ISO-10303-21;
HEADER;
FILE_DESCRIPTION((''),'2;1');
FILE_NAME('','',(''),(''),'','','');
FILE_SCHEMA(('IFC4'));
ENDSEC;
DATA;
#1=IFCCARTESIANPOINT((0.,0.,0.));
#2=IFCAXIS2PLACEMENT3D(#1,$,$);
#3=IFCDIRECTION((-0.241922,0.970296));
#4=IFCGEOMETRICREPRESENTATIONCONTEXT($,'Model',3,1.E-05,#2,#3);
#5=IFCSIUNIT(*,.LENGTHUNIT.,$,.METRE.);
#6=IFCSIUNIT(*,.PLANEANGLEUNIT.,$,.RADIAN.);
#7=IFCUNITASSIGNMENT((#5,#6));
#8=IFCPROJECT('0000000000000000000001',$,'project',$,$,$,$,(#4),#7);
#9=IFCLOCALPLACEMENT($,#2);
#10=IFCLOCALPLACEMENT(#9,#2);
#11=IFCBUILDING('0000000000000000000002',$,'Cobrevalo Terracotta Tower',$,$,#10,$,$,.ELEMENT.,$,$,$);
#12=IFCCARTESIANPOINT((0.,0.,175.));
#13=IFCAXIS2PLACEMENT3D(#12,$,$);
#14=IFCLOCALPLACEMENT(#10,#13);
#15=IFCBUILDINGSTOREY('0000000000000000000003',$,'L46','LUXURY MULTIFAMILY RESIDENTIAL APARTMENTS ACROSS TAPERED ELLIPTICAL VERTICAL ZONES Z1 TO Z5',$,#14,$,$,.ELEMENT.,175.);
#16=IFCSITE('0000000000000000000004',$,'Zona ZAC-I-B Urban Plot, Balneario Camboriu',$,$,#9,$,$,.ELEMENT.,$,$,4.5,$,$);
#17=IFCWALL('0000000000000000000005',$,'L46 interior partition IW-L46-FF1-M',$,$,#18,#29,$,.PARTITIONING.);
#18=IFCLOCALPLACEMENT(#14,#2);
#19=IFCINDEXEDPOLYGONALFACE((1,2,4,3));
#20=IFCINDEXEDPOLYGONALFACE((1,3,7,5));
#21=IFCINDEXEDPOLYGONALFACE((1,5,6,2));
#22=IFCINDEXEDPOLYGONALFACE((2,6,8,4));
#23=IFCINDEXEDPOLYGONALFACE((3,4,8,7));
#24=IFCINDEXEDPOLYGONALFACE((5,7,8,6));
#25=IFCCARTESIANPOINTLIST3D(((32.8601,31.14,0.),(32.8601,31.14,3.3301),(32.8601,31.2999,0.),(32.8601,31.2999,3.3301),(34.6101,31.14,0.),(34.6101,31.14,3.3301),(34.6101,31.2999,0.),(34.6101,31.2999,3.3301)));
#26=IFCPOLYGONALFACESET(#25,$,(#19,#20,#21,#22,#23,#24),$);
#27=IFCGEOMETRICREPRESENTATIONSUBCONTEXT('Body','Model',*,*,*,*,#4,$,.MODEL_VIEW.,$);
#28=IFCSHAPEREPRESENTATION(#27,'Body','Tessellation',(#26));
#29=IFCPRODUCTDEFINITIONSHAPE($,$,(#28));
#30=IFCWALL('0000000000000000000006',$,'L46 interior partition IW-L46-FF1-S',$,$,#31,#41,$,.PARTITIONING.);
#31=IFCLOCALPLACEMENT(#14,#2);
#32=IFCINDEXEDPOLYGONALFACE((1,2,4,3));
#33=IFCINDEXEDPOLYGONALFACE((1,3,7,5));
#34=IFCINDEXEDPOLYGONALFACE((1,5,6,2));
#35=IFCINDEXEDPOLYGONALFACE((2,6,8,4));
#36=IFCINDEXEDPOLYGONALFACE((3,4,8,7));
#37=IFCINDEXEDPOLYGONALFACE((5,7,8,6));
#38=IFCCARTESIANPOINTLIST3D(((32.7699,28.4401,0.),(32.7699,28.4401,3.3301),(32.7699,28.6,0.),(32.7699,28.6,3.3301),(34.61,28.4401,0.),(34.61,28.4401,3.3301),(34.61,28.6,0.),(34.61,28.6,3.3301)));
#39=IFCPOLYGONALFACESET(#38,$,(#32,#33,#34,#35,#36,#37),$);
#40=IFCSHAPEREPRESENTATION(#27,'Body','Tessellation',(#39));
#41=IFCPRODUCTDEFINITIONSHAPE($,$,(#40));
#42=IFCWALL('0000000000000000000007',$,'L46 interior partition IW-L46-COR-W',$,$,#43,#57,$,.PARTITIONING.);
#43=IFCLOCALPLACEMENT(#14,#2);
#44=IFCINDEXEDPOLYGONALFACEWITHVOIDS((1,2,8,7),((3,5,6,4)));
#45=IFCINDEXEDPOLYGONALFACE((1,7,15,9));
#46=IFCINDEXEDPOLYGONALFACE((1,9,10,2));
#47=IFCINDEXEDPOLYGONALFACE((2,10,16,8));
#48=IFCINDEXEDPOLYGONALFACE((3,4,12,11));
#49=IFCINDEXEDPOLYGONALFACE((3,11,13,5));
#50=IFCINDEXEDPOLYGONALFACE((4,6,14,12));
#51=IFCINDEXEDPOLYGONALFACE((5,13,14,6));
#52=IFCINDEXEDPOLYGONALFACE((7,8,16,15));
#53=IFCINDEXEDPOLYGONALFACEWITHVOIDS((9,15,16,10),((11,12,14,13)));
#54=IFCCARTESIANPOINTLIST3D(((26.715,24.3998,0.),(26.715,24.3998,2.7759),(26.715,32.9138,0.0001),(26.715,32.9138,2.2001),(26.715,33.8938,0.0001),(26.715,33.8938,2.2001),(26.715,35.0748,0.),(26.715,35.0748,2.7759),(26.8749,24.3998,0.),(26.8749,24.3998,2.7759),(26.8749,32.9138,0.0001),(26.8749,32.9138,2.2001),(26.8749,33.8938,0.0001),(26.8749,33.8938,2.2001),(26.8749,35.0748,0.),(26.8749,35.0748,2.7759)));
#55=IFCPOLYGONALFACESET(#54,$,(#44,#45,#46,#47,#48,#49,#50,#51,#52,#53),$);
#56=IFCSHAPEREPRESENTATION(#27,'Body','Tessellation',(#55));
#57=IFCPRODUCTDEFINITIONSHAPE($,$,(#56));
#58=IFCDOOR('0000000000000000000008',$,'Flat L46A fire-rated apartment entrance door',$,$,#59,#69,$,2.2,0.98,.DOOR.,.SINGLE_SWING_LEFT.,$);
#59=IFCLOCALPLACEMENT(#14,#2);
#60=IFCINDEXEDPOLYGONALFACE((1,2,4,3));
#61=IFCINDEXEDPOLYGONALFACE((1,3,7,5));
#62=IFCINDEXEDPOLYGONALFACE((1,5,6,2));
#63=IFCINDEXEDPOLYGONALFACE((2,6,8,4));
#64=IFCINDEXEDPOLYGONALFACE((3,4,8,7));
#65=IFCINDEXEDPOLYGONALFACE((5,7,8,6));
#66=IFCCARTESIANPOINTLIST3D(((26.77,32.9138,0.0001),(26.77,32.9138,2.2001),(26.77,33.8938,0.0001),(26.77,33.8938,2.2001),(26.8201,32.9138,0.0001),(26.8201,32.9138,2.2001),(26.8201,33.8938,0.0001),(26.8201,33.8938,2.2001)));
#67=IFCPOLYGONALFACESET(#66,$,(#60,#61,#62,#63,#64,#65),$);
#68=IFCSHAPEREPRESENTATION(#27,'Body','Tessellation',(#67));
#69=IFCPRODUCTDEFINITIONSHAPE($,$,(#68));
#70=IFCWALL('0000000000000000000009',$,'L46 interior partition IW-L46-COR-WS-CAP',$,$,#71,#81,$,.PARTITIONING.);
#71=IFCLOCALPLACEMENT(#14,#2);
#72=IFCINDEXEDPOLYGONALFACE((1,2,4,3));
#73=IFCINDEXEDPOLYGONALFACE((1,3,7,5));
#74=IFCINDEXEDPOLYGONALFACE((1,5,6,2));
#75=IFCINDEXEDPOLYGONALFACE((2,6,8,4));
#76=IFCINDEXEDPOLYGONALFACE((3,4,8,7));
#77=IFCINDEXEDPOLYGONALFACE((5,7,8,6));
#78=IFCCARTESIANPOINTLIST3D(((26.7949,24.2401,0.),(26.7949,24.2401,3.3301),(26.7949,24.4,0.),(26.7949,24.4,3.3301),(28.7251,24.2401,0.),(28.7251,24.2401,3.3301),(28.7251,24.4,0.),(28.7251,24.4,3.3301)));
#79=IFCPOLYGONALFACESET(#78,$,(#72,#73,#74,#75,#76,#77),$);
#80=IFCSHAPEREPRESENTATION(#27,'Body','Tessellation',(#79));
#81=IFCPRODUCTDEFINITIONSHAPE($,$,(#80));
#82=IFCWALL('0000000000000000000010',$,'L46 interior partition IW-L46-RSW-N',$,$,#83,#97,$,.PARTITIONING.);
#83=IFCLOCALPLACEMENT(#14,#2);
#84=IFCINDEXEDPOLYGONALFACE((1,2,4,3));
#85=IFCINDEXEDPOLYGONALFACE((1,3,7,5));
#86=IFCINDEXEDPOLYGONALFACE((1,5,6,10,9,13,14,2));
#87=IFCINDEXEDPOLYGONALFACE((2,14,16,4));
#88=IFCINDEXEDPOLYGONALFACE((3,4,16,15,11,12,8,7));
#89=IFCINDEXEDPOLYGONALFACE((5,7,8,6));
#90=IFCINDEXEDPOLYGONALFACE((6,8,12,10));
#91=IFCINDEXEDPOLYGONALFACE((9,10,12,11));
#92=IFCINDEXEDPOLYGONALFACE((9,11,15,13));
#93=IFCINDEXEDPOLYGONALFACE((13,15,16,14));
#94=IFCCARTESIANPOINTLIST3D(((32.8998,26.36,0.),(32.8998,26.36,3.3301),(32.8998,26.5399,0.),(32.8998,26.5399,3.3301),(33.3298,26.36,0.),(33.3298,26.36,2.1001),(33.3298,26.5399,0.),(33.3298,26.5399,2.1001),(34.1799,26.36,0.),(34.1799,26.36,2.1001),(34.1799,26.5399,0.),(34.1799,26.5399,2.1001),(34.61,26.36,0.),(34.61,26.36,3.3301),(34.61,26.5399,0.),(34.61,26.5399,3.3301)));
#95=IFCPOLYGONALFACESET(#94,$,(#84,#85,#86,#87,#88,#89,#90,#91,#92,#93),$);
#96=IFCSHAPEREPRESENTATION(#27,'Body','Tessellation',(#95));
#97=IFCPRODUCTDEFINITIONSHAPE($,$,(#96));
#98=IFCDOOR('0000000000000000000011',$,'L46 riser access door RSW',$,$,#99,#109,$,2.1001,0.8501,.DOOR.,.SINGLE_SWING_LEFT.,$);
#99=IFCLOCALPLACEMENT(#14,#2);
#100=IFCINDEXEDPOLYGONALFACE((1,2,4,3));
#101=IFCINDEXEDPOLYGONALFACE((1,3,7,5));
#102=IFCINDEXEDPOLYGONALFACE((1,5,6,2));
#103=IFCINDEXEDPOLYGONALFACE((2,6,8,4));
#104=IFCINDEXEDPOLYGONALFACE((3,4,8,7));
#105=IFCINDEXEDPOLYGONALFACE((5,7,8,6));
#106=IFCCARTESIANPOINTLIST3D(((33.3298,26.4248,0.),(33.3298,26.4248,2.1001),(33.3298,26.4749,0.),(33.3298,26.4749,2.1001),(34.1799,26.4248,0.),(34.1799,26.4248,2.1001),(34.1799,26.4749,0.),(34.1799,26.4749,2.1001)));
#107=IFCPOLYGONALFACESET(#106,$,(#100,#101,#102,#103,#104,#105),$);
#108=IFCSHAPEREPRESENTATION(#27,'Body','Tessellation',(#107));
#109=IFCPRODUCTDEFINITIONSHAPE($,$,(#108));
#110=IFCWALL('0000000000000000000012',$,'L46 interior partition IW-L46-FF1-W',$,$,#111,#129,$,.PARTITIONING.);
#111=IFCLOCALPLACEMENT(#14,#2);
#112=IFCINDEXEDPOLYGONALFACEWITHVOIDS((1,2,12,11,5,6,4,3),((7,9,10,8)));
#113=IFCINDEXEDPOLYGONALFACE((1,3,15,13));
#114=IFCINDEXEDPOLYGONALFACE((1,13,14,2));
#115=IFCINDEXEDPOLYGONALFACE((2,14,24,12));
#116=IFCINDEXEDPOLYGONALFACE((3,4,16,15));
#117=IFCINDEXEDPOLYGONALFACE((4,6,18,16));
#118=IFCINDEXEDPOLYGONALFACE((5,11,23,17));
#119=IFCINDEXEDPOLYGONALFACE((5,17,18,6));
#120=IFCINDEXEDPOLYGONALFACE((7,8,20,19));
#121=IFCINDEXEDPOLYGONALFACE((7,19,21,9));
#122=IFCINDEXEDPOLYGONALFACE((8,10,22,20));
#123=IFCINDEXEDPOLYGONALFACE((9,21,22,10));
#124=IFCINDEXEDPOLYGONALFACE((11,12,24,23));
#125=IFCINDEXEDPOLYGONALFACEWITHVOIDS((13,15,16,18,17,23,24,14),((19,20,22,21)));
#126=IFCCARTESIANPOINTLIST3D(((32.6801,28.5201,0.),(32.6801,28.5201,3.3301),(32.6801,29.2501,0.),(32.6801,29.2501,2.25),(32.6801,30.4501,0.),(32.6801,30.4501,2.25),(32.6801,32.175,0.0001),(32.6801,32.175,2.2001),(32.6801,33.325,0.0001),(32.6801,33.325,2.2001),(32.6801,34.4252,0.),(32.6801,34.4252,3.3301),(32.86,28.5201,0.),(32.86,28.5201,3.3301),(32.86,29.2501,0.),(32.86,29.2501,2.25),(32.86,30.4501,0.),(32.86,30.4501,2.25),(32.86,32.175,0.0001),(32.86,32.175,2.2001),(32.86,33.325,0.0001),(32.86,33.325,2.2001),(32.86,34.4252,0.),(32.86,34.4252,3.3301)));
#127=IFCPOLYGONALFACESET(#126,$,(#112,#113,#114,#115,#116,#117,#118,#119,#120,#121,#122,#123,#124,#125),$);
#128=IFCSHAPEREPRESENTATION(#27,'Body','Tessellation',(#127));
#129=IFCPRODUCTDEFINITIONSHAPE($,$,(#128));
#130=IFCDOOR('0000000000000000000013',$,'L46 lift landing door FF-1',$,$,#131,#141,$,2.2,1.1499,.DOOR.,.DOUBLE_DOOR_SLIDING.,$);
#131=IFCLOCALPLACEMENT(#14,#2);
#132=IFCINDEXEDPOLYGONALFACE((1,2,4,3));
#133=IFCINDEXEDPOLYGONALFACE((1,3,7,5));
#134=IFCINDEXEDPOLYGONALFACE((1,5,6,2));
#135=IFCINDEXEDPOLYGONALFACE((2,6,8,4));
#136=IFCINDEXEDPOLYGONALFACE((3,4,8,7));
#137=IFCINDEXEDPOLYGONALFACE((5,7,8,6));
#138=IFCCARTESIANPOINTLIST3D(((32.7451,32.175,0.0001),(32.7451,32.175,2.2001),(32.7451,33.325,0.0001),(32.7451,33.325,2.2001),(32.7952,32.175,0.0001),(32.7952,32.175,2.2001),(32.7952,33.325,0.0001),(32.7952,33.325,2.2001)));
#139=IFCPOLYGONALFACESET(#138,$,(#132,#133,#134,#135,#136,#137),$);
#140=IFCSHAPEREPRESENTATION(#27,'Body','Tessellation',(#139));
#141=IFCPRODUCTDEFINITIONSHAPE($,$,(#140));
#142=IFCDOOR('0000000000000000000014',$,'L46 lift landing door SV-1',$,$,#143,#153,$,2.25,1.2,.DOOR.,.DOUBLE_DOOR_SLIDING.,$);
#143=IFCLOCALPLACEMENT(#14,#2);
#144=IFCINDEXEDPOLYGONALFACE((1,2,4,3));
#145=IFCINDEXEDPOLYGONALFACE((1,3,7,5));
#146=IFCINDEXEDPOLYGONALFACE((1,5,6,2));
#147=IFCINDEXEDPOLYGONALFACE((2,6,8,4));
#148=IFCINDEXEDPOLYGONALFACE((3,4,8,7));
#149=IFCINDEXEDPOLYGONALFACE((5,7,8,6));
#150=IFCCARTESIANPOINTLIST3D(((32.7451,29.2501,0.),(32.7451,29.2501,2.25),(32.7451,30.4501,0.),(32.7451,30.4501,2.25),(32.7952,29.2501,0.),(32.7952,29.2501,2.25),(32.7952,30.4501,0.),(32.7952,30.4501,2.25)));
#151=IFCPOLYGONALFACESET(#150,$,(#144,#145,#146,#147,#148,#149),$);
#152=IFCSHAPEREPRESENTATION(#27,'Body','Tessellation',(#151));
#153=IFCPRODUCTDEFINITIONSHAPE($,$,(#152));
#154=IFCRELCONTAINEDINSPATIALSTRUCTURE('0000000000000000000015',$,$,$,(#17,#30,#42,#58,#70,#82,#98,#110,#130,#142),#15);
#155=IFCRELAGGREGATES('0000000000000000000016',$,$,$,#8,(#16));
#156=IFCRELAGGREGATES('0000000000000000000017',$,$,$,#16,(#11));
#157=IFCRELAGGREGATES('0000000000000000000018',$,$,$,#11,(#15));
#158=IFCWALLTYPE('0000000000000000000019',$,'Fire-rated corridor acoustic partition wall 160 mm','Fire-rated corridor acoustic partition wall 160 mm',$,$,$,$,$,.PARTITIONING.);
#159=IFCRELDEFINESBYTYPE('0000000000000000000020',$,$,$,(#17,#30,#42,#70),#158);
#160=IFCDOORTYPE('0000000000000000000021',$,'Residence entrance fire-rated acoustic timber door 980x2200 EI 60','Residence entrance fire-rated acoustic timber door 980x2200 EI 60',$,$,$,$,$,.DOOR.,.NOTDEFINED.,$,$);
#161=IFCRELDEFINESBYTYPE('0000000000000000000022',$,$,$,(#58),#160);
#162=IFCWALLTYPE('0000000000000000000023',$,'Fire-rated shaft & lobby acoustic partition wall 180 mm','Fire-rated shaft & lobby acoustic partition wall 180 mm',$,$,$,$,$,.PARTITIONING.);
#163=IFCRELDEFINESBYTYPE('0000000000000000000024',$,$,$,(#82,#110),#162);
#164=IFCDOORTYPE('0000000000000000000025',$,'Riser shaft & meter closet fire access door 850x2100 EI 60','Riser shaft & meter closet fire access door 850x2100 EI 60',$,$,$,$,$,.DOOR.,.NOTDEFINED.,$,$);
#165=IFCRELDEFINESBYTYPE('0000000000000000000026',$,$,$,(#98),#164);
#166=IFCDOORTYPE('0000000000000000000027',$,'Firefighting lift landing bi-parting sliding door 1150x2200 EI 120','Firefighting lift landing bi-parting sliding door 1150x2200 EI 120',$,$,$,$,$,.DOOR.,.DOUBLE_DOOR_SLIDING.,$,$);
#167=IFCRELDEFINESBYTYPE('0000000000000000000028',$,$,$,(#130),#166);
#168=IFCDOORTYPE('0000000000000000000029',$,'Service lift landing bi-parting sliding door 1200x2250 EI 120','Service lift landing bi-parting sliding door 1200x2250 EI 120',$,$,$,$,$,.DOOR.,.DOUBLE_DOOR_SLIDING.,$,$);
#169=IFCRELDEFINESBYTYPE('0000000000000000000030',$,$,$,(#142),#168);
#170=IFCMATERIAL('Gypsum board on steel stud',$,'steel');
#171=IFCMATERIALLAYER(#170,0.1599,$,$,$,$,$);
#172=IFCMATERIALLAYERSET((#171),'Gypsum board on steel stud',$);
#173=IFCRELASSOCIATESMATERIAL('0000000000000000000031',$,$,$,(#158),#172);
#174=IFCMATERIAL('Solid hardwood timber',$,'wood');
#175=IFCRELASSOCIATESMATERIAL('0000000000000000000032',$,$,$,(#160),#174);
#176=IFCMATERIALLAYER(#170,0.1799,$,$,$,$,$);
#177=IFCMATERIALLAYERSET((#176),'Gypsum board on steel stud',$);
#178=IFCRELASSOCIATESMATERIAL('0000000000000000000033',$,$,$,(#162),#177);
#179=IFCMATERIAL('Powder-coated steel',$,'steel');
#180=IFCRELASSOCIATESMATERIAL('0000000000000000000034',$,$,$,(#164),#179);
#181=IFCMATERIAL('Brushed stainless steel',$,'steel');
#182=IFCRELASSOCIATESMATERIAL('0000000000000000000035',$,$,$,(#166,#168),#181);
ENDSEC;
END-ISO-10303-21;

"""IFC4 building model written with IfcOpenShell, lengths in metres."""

from ifc_helpers import new_model, si_unit, direction, frame, frame_2d, origin, place, context, subcontext, project, spatial, rectangle, extrude, source, transform, mapped, material, layer, layer_set, type_object, element, fill, save


model = new_model("IFC4")

# Units and contexts
model_context = context("Model", 3, precision=1e-05, world=origin(), true_north=direction((-0.241922, 0.970296)))
body_context = subcontext(model_context, "Body", "Model", "MODEL_VIEW")
ifc_project = project(units=[si_unit("LENGTHUNIT", "METRE"), si_unit("PLANEANGLEUNIT", "RADIAN")], contexts=[model_context])

# Site, building, storey
site_placement = place(None, origin())
site = spatial("IfcSite", under=ifc_project, at=site_placement, Name="Zona ZAC-I-B Urban Plot, Balneario Camboriu", CompositionType="ELEMENT", RefElevation=4.5)
building_placement = place(site_placement, origin())
building = spatial("IfcBuilding", under=site, at=building_placement, Name="Cobrevalo Terracotta Tower", CompositionType="ELEMENT")
storey_placement = place(building_placement, frame((0.0, 0.0, 175.0)))
storey = spatial("IfcBuildingStorey", under=building, at=storey_placement, Name="L46", Description="LUXURY MULTIFAMILY RESIDENTIAL APARTMENTS ACROSS TAPERED ELLIPTICAL VERTICAL ZONES Z1 TO Z5", CompositionType="ELEMENT", Elevation=175.0)

# Walls
ifc_material_1 = material(Name="Gypsum board on steel stud", Category="steel")
ifc_layer_1 = layer(ifc_material_1, 0.1599)
ifc_layer_set_1 = layer_set([ifc_layer_1], Name="Gypsum board on steel stud")
wall_type_1 = type_object("IfcWallType", Name="Fire-rated corridor acoustic partition wall 160 mm", Description="Fire-rated corridor acoustic partition wall 160 mm", PredefinedType="PARTITIONING", material=ifc_layer_set_1)
wall_1_placement = place(storey_placement, frame((32.8601, 31.22, 0.0), z_axis=(0.0, 0.0, 1.0), x_axis=(1.0, 0.0, 0.0)))
element("IfcWall", 1, at=wall_1_placement, inside=storey, type_object=wall_type_1, Name="L46 interior partition IW-L46-FF1-M", PredefinedType="PARTITIONING", context=body_context, shape_type="SweptSolid", body=[
    extrude(rectangle(XDim=1.75, YDim=0.1599, at=frame_2d((0.875, 0.0))), origin(), (0.0, 0.0, 1.0), 3.3301),
])
wall_2_placement = place(storey_placement, frame((32.77, 28.52, 0.0), z_axis=(0.0, 0.0, 1.0), x_axis=(1.0, 0.0, 0.0)))
element("IfcWall", 2, at=wall_2_placement, inside=storey, type_object=wall_type_1, Name="L46 interior partition IW-L46-FF1-S", PredefinedType="PARTITIONING", context=body_context, shape_type="SweptSolid", body=[
    extrude(rectangle(XDim=1.8401, YDim=0.1599, at=frame_2d((0.9199, 0.0))), origin(), (0.0, 0.0, 1.0), 3.3301),
])

# Wall, opening, door
wall_3_placement = place(storey_placement, frame((26.7949, 24.3999, 0.0), z_axis=(0.0, 0.0, 1.0), x_axis=(0.0, 1.0, 0.0)))
wall_3 = element("IfcWall", 3, at=wall_3_placement, inside=storey, type_object=wall_type_1, Name="L46 interior partition IW-L46-COR-W", PredefinedType="PARTITIONING", context=body_context, shape_type="SweptSolid", body=[
    extrude(rectangle(XDim=10.675, YDim=0.1599, at=frame_2d((5.3374, 0.0))), origin(), (0.0, 0.0, 1.0), 2.7759),
])
opening_1_placement = place(wall_3_placement, frame((8.5139, 0.0, 0.0)))
opening_1 = element("IfcOpeningElement", 4, at=opening_1_placement, cuts=wall_3, PredefinedType="OPENING", context=body_context, shape_type="SweptSolid", body=[
    extrude(rectangle(XDim=0.98, YDim=2.2, at=frame_2d((0.49, 1.1001))), frame((0.0, 0.0898, 0.0), z_axis=(0.0, -1.0, 0.0), x_axis=(1.0, 0.0, 0.0)), (0.0, 0.0, 1.0), 0.1799),
])
ifc_material_2 = material(Name="Solid hardwood timber", Category="wood")
door_type_1 = type_object("IfcDoorType", Name="Residence entrance fire-rated acoustic timber door 980x2200 EI 60", Description="Residence entrance fire-rated acoustic timber door 980x2200 EI 60", OperationType="NOTDEFINED", PredefinedType="DOOR", material=ifc_material_2)
shared_shape_1 = source(origin(), body_context, "Body", "SweptSolid", [
    extrude(rectangle(XDim=0.98, YDim=2.2, at=frame_2d((0.49, 1.1001))), frame((0.0, 0.0249, 0.0), z_axis=(0.0, -1.0, 0.0), x_axis=(1.0, 0.0, 0.0)), (0.0, 0.0, 1.0), 0.05),
])
door_1_placement = place(opening_1_placement, origin())
door_1 = element("IfcDoor", 5, at=door_1_placement, inside=storey, type_object=door_type_1, Name="Flat L46A fire-rated apartment entrance door", OperationType="SINGLE_SWING_LEFT", OverallHeight=2.2, OverallWidth=0.98, PredefinedType="DOOR", context=body_context, shape_type="MappedRepresentation", body=[
    mapped(shared_shape_1, transform((0.0, 0.0, 0.0), scale=1.0)),
])
fill(opening_1, door_1)

# Wall
wall_4_placement = place(storey_placement, frame((26.7949, 24.3201, 0.0), z_axis=(0.0, 0.0, 1.0), x_axis=(1.0, 0.0, 0.0)))
element("IfcWall", 6, at=wall_4_placement, inside=storey, type_object=wall_type_1, Name="L46 interior partition IW-L46-COR-WS-CAP", PredefinedType="PARTITIONING", context=body_context, shape_type="SweptSolid", body=[
    extrude(rectangle(XDim=1.9302, YDim=0.1599, at=frame_2d((0.9651, 0.0))), origin(), (0.0, 0.0, 1.0), 3.3301),
])

# Wall, opening, door
ifc_layer_2 = layer(ifc_material_1, 0.1799)
ifc_layer_set_2 = layer_set([ifc_layer_2], Name="Gypsum board on steel stud")
wall_type_2 = type_object("IfcWallType", Name="Fire-rated shaft & lobby acoustic partition wall 180 mm", Description="Fire-rated shaft & lobby acoustic partition wall 180 mm", PredefinedType="PARTITIONING", material=ifc_layer_set_2)
wall_5_placement = place(storey_placement, frame((32.8999, 26.45, 0.0), z_axis=(0.0, 0.0, 1.0), x_axis=(1.0, 0.0, 0.0)))
wall_5 = element("IfcWall", 7, at=wall_5_placement, inside=storey, type_object=wall_type_2, Name="L46 interior partition IW-L46-RSW-N", PredefinedType="PARTITIONING", context=body_context, shape_type="SweptSolid", body=[
    extrude(rectangle(XDim=1.7102, YDim=0.1799, at=frame_2d((0.855, 0.0))), origin(), (0.0, 0.0, 1.0), 3.3301),
])
opening_2_placement = place(wall_5_placement, frame((0.4299, 0.0, 0.0)))
opening_2 = element("IfcOpeningElement", 8, at=opening_2_placement, cuts=wall_5, PredefinedType="OPENING", context=body_context, shape_type="SweptSolid", body=[
    extrude(rectangle(XDim=0.8501, YDim=2.1001, at=frame_2d((0.425, 1.05))), frame((0.0, 0.1001, 0.0), z_axis=(0.0, -1.0, 0.0), x_axis=(1.0, 0.0, 0.0)), (0.0, 0.0, 1.0), 0.2),
])
ifc_material_3 = material(Name="Powder-coated steel", Category="steel")
door_type_2 = type_object("IfcDoorType", Name="Riser shaft & meter closet fire access door 850x2100 EI 60", Description="Riser shaft & meter closet fire access door 850x2100 EI 60", OperationType="NOTDEFINED", PredefinedType="DOOR", material=ifc_material_3)
shared_shape_2 = source(origin(), body_context, "Body", "SweptSolid", [
    extrude(rectangle(XDim=0.8501, YDim=2.1001, at=frame_2d((0.425, 1.05))), frame((0.0, 0.0249, 0.0), z_axis=(0.0, -1.0, 0.0), x_axis=(1.0, 0.0, 0.0)), (0.0, 0.0, 1.0), 0.05),
])
door_2_placement = place(opening_2_placement, origin())
door_2 = element("IfcDoor", 9, at=door_2_placement, inside=storey, type_object=door_type_2, Name="L46 riser access door RSW", OperationType="SINGLE_SWING_LEFT", OverallHeight=2.1001, OverallWidth=0.8501, PredefinedType="DOOR", context=body_context, shape_type="MappedRepresentation", body=[
    mapped(shared_shape_2, transform((0.0, 0.0, 0.0), scale=1.0)),
])
fill(opening_2, door_2)

# Wall, openings, doors
wall_6_placement = place(storey_placement, frame((32.77, 28.52, 0.0), z_axis=(0.0, 0.0, 1.0), x_axis=(0.0, 1.0, 0.0)))
wall_6 = element("IfcWall", 10, at=wall_6_placement, inside=storey, type_object=wall_type_2, Name="L46 interior partition IW-L46-FF1-W", PredefinedType="PARTITIONING", context=body_context, shape_type="SweptSolid", body=[
    extrude(rectangle(XDim=5.905, YDim=0.1799, at=frame_2d((2.9526, 0.0))), origin(), (0.0, 0.0, 1.0), 3.3301),
])
opening_3_placement = place(wall_6_placement, frame((3.655, 0.0, 0.0)))
opening_3 = element("IfcOpeningElement", 11, at=opening_3_placement, cuts=wall_6, PredefinedType="OPENING", context=body_context, shape_type="SweptSolid", body=[
    extrude(rectangle(XDim=1.1499, YDim=2.2, at=frame_2d((0.575, 1.1001))), frame((0.0, 0.1001, 0.0), z_axis=(0.0, -1.0, 0.0), x_axis=(1.0, 0.0, 0.0)), (0.0, 0.0, 1.0), 0.2),
])
opening_4_placement = place(wall_6_placement, frame((0.73, 0.0, 0.0)))
opening_4 = element("IfcOpeningElement", 12, at=opening_4_placement, cuts=wall_6, PredefinedType="OPENING", context=body_context, shape_type="SweptSolid", body=[
    extrude(rectangle(XDim=1.2, YDim=2.25, at=frame_2d((0.6001, 1.125))), frame((0.0, 0.1001, 0.0), z_axis=(0.0, -1.0, 0.0), x_axis=(1.0, 0.0, 0.0)), (0.0, 0.0, 1.0), 0.2),
])
ifc_material_4 = material(Name="Brushed stainless steel", Category="steel")
door_type_3 = type_object("IfcDoorType", Name="Firefighting lift landing bi-parting sliding door 1150x2200 EI 120", Description="Firefighting lift landing bi-parting sliding door 1150x2200 EI 120", OperationType="DOUBLE_DOOR_SLIDING", PredefinedType="DOOR", material=ifc_material_4)
shared_shape_3 = source(origin(), body_context, "Body", "SweptSolid", [
    extrude(rectangle(XDim=1.1499, YDim=2.2, at=frame_2d((0.575, 1.1001))), frame((0.0, 0.0249, 0.0), z_axis=(0.0, -1.0, 0.0), x_axis=(1.0, 0.0, 0.0)), (0.0, 0.0, 1.0), 0.05),
])
door_3_placement = place(opening_3_placement, origin())
door_3 = element("IfcDoor", 13, at=door_3_placement, inside=storey, type_object=door_type_3, Name="L46 lift landing door FF-1", OperationType="DOUBLE_DOOR_SLIDING", OverallHeight=2.2, OverallWidth=1.1499, PredefinedType="DOOR", context=body_context, shape_type="MappedRepresentation", body=[
    mapped(shared_shape_3, transform((0.0, 0.0, 0.0), scale=1.0)),
])
fill(opening_3, door_3)
door_type_4 = type_object("IfcDoorType", Name="Service lift landing bi-parting sliding door 1200x2250 EI 120", Description="Service lift landing bi-parting sliding door 1200x2250 EI 120", OperationType="DOUBLE_DOOR_SLIDING", PredefinedType="DOOR", material=ifc_material_4)
shared_shape_4 = source(origin(), body_context, "Body", "SweptSolid", [
    extrude(rectangle(XDim=1.2, YDim=2.25, at=frame_2d((0.6001, 1.125))), frame((0.0, 0.0249, 0.0), z_axis=(0.0, -1.0, 0.0), x_axis=(1.0, 0.0, 0.0)), (0.0, 0.0, 1.0), 0.05),
])
door_4_placement = place(opening_4_placement, origin())
door_4 = element("IfcDoor", 14, at=door_4_placement, inside=storey, type_object=door_type_4, Name="L46 lift landing door SV-1", OperationType="DOUBLE_DOOR_SLIDING", OverallHeight=2.25, OverallWidth=1.2, PredefinedType="DOOR", context=body_context, shape_type="MappedRepresentation", body=[
    mapped(shared_shape_4, transform((0.0, 0.0, 0.0), scale=1.0)),
])
fill(opening_4, door_4)

save(model, "model.ifc")
